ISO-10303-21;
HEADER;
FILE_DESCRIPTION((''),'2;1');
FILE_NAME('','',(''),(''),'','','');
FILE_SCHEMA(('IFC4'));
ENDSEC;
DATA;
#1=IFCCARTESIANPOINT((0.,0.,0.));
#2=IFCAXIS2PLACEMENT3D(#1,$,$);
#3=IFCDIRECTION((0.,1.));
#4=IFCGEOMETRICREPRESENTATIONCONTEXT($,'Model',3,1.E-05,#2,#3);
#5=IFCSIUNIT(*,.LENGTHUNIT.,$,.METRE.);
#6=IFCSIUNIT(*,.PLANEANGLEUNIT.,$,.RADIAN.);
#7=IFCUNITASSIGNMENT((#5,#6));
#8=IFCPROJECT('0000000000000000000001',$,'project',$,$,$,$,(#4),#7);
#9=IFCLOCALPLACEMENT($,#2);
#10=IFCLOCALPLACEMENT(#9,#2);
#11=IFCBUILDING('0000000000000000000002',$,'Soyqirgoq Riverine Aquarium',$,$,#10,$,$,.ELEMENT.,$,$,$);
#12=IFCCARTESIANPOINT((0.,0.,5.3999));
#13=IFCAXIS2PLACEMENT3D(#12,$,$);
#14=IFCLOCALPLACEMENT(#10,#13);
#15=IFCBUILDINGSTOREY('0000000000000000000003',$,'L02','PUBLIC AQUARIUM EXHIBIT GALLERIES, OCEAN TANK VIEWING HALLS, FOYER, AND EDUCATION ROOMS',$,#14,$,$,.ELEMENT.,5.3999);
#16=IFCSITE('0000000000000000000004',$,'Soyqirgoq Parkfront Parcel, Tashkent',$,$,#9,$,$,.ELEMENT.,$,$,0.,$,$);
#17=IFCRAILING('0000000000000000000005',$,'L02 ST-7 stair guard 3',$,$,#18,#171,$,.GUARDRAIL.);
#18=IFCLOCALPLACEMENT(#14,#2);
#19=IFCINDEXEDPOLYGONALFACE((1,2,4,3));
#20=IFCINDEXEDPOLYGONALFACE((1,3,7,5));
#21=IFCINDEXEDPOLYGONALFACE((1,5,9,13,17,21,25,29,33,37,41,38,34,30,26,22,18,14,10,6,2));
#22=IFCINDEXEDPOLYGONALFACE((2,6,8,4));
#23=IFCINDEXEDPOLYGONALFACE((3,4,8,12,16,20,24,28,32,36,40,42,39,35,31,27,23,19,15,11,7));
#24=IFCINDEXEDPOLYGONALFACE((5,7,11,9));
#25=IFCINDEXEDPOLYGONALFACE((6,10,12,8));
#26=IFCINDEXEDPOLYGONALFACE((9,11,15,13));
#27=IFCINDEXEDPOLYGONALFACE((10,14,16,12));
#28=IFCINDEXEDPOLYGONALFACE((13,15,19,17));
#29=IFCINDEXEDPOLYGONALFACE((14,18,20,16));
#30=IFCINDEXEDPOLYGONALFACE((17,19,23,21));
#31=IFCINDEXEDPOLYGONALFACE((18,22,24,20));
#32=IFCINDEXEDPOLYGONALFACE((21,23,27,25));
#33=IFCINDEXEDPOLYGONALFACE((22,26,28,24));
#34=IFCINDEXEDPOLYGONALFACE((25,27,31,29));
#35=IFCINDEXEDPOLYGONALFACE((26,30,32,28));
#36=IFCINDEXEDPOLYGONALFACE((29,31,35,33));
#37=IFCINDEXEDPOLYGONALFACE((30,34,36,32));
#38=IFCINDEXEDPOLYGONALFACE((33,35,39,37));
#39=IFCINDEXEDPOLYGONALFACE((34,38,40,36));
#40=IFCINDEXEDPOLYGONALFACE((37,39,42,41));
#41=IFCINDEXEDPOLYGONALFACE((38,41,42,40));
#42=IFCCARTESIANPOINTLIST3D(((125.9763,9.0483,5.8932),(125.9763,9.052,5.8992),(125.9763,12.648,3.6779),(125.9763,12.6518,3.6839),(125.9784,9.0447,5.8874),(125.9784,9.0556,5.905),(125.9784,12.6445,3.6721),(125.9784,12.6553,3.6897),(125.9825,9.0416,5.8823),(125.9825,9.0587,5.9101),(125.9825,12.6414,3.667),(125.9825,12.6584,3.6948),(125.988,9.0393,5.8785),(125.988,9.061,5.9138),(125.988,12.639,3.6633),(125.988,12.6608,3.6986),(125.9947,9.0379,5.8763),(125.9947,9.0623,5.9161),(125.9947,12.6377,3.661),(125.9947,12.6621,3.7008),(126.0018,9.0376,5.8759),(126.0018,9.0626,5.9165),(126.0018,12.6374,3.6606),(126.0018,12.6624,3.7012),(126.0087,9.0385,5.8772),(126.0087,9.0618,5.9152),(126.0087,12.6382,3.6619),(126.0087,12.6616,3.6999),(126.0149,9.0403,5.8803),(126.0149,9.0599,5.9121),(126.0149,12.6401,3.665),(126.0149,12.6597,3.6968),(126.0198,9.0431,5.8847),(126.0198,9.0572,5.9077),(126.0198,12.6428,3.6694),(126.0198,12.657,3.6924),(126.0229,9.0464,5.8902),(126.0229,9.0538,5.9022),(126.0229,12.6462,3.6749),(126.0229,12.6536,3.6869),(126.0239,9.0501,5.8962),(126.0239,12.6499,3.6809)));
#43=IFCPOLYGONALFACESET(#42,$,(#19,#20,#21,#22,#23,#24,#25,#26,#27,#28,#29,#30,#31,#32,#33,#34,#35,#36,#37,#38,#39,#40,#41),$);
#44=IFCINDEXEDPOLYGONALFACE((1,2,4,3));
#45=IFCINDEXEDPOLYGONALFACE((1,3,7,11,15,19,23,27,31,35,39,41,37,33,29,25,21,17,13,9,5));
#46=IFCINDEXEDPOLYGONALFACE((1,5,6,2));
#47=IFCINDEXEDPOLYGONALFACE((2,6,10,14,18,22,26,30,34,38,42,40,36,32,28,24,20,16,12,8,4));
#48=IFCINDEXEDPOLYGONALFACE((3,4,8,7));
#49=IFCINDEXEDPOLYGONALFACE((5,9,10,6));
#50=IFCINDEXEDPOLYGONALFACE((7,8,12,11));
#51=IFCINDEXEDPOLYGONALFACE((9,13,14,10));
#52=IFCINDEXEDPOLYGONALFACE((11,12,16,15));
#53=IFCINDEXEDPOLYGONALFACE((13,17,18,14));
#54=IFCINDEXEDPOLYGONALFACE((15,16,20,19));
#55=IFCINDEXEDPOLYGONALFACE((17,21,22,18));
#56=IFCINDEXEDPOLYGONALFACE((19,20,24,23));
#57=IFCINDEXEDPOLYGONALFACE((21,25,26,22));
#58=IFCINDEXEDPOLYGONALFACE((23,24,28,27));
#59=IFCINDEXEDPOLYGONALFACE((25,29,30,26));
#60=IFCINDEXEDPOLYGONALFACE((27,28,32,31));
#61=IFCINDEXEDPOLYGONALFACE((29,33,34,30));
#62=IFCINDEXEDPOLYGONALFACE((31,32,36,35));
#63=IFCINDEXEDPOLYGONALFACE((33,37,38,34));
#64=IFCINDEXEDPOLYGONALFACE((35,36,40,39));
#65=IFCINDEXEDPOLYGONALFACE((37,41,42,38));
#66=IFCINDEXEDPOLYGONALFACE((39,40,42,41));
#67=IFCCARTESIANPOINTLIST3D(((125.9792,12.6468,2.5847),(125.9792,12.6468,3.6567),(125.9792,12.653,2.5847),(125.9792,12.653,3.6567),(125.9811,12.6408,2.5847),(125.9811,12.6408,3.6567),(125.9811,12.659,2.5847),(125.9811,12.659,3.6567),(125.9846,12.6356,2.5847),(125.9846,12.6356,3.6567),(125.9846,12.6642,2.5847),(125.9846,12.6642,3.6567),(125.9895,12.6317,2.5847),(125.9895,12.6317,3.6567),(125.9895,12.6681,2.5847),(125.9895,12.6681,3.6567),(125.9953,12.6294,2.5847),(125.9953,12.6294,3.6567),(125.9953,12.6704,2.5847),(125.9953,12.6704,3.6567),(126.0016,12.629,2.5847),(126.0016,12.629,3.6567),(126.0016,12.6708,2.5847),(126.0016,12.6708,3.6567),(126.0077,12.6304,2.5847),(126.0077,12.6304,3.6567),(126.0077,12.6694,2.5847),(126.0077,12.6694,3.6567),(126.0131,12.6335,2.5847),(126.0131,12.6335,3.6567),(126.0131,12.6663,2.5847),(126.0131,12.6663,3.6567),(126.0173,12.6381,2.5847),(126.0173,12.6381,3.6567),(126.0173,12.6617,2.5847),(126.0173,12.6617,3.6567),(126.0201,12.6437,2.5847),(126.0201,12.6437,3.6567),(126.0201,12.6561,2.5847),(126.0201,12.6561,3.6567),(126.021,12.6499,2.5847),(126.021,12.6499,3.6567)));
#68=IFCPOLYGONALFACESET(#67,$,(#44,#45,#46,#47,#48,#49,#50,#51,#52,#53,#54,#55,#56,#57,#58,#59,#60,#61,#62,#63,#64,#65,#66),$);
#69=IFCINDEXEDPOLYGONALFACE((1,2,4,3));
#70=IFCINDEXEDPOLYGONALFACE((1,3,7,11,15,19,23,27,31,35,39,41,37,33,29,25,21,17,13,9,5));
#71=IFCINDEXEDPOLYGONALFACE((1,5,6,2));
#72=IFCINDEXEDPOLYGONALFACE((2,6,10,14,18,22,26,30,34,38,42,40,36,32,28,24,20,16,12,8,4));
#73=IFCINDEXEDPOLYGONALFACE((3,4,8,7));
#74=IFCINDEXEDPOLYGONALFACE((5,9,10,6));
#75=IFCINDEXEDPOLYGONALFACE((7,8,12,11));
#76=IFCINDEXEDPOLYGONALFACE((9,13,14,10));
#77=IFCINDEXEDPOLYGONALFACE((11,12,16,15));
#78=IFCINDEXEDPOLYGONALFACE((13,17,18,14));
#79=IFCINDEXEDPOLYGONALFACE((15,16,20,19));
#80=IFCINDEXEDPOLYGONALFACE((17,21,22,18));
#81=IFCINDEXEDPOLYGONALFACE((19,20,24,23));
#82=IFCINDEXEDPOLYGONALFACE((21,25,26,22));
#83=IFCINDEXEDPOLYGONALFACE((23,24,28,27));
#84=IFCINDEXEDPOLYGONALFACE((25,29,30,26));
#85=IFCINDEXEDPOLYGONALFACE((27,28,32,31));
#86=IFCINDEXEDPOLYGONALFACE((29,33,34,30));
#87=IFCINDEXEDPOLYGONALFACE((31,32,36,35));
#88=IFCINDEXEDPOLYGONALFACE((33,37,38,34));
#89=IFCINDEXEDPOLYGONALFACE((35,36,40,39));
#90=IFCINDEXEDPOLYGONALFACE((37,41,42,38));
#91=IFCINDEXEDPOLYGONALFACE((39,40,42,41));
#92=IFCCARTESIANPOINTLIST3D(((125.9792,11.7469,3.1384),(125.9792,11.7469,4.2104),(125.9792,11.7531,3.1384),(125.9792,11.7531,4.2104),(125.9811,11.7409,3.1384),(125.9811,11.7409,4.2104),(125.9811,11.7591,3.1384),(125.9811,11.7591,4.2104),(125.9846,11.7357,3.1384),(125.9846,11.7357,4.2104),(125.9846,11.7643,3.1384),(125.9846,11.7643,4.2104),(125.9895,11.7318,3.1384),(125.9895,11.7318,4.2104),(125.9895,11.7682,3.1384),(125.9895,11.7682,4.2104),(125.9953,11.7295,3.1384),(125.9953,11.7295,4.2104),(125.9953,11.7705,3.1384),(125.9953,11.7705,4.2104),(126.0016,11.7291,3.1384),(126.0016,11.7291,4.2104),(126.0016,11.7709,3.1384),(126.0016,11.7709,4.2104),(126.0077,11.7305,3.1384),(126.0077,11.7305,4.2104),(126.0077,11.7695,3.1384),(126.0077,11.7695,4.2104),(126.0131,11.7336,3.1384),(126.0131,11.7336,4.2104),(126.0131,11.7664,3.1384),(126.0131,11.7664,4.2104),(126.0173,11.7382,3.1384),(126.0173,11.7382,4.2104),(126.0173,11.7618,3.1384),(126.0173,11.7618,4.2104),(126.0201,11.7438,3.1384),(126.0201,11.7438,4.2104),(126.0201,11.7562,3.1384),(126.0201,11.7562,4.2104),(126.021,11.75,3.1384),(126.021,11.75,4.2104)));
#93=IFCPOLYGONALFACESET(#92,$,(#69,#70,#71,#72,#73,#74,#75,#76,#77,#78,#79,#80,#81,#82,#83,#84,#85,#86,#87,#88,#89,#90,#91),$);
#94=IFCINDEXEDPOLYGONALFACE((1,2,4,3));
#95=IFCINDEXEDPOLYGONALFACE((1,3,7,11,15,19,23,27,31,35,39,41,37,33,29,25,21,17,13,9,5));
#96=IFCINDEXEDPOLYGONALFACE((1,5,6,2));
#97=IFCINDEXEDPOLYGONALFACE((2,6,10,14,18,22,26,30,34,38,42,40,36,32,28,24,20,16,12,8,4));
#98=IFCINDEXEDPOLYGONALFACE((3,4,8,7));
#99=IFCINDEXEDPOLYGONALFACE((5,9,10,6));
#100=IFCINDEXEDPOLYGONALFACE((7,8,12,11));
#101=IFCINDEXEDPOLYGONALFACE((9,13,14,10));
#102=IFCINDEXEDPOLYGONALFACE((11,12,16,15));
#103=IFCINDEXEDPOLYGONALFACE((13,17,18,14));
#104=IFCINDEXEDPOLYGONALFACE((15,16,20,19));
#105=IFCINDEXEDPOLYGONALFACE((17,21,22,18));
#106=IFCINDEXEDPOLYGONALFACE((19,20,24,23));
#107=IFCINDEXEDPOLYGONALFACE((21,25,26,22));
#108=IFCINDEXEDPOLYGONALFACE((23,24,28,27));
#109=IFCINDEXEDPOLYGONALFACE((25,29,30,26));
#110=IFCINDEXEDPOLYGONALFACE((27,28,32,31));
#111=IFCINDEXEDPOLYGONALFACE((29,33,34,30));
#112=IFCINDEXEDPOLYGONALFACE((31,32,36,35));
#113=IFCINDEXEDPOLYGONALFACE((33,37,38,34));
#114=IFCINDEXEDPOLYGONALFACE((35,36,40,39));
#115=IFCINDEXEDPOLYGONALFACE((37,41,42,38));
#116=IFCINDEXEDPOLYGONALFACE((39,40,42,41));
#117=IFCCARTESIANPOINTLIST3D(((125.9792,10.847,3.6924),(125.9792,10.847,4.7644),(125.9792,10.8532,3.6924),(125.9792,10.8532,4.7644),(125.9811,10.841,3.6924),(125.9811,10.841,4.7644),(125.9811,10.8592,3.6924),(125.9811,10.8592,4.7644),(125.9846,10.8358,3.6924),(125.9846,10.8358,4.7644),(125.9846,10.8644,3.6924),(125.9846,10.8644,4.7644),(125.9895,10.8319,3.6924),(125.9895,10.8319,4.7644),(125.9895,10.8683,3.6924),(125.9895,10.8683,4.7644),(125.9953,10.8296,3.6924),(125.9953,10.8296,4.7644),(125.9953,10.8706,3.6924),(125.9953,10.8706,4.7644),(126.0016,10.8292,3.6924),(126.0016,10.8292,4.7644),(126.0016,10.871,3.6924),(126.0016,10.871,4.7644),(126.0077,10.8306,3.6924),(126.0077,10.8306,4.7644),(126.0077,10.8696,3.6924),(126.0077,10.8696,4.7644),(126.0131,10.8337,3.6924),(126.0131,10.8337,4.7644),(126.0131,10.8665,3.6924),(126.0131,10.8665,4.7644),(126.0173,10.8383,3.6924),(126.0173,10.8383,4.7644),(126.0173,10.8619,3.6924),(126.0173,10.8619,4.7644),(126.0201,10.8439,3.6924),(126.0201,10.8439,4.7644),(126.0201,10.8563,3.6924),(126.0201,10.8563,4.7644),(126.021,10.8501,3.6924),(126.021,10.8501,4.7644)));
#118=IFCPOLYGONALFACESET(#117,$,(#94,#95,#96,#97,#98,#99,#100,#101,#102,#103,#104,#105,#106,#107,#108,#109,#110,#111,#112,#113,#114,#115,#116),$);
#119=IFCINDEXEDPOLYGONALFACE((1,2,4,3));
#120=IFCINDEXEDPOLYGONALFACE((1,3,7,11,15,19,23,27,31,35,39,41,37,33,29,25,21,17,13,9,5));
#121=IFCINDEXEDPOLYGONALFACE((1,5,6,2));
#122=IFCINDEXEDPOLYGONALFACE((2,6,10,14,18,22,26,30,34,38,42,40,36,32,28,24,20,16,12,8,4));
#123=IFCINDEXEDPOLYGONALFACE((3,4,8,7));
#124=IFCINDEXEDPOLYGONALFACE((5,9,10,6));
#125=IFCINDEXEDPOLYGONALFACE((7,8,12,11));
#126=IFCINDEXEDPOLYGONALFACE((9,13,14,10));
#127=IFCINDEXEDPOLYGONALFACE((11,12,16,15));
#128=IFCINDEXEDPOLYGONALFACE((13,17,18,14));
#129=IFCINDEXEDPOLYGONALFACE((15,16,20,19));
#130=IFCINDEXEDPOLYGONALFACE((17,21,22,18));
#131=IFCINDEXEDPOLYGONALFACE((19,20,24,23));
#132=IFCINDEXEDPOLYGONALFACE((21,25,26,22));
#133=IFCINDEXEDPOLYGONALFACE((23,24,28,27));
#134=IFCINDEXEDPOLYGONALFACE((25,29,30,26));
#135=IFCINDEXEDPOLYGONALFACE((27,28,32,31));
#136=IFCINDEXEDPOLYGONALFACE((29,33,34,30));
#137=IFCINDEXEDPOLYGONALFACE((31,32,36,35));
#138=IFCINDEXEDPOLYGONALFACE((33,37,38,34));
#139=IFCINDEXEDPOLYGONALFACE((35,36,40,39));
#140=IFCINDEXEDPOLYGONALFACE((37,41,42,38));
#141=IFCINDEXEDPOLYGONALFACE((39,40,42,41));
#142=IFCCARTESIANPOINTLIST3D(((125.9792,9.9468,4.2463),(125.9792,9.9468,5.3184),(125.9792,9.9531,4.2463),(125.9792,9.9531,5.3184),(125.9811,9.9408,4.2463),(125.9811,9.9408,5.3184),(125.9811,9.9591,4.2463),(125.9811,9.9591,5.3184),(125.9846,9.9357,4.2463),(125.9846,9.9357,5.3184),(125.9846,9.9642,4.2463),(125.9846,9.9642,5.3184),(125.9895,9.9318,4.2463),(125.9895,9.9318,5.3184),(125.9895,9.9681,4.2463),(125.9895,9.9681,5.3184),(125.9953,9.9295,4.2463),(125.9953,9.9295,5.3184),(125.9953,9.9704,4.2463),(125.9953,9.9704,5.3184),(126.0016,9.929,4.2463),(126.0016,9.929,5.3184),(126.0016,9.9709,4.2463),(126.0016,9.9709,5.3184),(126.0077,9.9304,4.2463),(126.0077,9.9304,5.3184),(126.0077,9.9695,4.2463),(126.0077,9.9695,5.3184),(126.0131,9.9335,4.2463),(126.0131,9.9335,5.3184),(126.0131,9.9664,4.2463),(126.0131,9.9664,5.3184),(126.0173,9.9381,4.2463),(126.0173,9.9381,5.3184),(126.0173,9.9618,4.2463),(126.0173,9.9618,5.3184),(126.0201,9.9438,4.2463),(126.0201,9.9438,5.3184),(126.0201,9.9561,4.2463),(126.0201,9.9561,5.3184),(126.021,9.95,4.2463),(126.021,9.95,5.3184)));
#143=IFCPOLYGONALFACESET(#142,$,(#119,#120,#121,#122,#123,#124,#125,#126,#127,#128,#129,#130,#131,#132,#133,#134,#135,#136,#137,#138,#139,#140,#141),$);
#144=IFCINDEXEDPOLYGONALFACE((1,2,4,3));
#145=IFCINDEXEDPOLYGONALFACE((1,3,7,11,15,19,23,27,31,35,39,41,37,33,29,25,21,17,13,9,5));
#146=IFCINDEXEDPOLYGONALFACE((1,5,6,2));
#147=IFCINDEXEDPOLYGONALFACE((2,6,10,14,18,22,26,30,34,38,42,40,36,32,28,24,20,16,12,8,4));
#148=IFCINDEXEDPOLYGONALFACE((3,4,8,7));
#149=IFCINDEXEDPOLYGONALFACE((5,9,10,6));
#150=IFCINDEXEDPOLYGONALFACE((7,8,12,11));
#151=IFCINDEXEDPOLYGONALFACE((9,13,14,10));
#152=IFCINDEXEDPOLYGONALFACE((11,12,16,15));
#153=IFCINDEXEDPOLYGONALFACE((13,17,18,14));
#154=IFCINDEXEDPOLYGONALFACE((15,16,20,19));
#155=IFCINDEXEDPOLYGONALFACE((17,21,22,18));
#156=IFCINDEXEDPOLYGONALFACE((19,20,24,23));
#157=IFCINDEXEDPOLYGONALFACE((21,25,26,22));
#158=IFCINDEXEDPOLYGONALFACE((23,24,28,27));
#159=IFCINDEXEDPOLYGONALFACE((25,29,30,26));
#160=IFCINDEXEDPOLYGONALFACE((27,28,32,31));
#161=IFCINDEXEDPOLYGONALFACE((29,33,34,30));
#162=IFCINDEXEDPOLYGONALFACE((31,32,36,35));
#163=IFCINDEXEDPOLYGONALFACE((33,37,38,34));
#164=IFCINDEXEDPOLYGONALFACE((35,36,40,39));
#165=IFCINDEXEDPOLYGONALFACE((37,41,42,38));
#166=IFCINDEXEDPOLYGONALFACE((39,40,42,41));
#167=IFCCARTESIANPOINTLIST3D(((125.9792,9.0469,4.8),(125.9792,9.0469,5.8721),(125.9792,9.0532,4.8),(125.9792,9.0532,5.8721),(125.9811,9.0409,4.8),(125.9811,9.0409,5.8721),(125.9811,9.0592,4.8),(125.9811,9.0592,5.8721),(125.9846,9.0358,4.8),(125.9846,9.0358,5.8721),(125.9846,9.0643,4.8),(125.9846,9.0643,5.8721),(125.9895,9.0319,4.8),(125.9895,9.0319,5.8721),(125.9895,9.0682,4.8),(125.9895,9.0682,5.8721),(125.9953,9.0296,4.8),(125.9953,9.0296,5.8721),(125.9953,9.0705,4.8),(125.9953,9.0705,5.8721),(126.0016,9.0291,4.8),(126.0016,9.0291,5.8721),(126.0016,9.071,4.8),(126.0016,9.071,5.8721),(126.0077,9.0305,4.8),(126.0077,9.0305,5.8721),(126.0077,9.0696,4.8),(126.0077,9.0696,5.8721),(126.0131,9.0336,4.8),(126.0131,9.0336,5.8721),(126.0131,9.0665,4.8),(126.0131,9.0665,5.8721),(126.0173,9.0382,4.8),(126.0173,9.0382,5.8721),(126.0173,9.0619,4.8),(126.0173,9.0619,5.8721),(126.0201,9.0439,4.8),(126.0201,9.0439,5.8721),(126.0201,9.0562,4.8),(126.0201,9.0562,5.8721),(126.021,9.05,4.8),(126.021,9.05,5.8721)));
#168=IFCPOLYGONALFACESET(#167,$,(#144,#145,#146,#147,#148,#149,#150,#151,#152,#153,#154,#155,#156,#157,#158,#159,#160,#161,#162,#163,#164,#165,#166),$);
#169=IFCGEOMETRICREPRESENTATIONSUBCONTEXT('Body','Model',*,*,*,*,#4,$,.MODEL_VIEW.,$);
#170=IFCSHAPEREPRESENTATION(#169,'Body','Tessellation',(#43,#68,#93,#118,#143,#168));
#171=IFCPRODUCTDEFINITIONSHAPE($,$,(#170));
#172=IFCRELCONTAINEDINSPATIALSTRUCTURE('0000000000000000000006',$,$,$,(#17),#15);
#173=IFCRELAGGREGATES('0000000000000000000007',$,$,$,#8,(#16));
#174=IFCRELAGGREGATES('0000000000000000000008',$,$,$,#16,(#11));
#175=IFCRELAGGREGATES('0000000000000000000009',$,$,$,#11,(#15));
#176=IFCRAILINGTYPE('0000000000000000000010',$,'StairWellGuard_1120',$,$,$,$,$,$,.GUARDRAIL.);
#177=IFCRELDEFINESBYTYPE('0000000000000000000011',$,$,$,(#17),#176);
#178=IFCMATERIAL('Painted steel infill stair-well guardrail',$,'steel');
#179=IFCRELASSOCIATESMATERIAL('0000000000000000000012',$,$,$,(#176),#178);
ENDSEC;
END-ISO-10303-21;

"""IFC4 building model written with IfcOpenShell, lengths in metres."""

from ifc_helpers import new_model, si_unit, direction, frame, origin, origin_2d, place, context, subcontext, project, spatial, circle, extrude, material, type_object, element, save


model = new_model("IFC4")

# Units and contexts
model_context = context("Model", 3, precision=1e-05, world=origin(), true_north=direction((0.0, 1.0)))
body_context = subcontext(model_context, "Body", "Model", "MODEL_VIEW")
ifc_project = project(units=[si_unit("LENGTHUNIT", "METRE"), si_unit("PLANEANGLEUNIT", "RADIAN")], contexts=[model_context])

# Site, building, storey
site_placement = place(None, origin())
site = spatial("IfcSite", under=ifc_project, at=site_placement, Name="Soyqirgoq Parkfront Parcel, Tashkent", CompositionType="ELEMENT", RefElevation=0.0)
building_placement = place(site_placement, origin())
building = spatial("IfcBuilding", under=site, at=building_placement, Name="Soyqirgoq Riverine Aquarium", CompositionType="ELEMENT")
storey_placement = place(building_placement, frame((0.0, 0.0, 5.3999)))
storey = spatial("IfcBuildingStorey", under=building, at=storey_placement, Name="L02", Description="PUBLIC AQUARIUM EXHIBIT GALLERIES, OCEAN TANK VIEWING HALLS, FOYER, AND EDUCATION ROOMS", CompositionType="ELEMENT", Elevation=5.3999)

# Railing
ifc_material_1 = material(Name="Painted steel infill stair-well guardrail", Category="steel")
railing_type_1 = type_object("IfcRailingType", Name="StairWellGuard_1120", PredefinedType="GUARDRAIL", material=ifc_material_1)
railing_1_placement = place(storey_placement, frame((126.0, 12.6499, 2.5847)))
element("IfcRailing", 1, at=railing_1_placement, inside=storey, type_object=railing_type_1, Name="L02 ST-7 stair guard 3", PredefinedType="GUARDRAIL", context=body_context, shape_type="SweptSolid", body=[
    extrude(circle(Radius=0.0239, at=origin_2d()), frame((0.0, 0.0, 1.0962), z_axis=(0.0, -0.851654, 0.524104), x_axis=(1.0, 0.0, 0.0)), (0.0, 0.0, 1.0), 4.2268),
    extrude(circle(Radius=0.021, at=origin_2d()), origin(), (0.0, 0.0, 1.0), 1.072),
    extrude(circle(Radius=0.021, at=origin_2d()), frame((0.0, -0.8999, 0.5537)), (0.0, 0.0, 1.0), 1.072),
    extrude(circle(Radius=0.021, at=origin_2d()), frame((0.0, -1.7998, 1.1077)), (0.0, 0.0, 1.0), 1.072),
    extrude(circle(Radius=0.021, at=origin_2d()), frame((0.0, -2.7, 1.6616)), (0.0, 0.0, 1.0), 1.072),
    extrude(circle(Radius=0.021, at=origin_2d()), frame((0.0, -3.5999, 2.2153)), (0.0, 0.0, 1.0), 1.072),
])

save(model, "model.ifc")
